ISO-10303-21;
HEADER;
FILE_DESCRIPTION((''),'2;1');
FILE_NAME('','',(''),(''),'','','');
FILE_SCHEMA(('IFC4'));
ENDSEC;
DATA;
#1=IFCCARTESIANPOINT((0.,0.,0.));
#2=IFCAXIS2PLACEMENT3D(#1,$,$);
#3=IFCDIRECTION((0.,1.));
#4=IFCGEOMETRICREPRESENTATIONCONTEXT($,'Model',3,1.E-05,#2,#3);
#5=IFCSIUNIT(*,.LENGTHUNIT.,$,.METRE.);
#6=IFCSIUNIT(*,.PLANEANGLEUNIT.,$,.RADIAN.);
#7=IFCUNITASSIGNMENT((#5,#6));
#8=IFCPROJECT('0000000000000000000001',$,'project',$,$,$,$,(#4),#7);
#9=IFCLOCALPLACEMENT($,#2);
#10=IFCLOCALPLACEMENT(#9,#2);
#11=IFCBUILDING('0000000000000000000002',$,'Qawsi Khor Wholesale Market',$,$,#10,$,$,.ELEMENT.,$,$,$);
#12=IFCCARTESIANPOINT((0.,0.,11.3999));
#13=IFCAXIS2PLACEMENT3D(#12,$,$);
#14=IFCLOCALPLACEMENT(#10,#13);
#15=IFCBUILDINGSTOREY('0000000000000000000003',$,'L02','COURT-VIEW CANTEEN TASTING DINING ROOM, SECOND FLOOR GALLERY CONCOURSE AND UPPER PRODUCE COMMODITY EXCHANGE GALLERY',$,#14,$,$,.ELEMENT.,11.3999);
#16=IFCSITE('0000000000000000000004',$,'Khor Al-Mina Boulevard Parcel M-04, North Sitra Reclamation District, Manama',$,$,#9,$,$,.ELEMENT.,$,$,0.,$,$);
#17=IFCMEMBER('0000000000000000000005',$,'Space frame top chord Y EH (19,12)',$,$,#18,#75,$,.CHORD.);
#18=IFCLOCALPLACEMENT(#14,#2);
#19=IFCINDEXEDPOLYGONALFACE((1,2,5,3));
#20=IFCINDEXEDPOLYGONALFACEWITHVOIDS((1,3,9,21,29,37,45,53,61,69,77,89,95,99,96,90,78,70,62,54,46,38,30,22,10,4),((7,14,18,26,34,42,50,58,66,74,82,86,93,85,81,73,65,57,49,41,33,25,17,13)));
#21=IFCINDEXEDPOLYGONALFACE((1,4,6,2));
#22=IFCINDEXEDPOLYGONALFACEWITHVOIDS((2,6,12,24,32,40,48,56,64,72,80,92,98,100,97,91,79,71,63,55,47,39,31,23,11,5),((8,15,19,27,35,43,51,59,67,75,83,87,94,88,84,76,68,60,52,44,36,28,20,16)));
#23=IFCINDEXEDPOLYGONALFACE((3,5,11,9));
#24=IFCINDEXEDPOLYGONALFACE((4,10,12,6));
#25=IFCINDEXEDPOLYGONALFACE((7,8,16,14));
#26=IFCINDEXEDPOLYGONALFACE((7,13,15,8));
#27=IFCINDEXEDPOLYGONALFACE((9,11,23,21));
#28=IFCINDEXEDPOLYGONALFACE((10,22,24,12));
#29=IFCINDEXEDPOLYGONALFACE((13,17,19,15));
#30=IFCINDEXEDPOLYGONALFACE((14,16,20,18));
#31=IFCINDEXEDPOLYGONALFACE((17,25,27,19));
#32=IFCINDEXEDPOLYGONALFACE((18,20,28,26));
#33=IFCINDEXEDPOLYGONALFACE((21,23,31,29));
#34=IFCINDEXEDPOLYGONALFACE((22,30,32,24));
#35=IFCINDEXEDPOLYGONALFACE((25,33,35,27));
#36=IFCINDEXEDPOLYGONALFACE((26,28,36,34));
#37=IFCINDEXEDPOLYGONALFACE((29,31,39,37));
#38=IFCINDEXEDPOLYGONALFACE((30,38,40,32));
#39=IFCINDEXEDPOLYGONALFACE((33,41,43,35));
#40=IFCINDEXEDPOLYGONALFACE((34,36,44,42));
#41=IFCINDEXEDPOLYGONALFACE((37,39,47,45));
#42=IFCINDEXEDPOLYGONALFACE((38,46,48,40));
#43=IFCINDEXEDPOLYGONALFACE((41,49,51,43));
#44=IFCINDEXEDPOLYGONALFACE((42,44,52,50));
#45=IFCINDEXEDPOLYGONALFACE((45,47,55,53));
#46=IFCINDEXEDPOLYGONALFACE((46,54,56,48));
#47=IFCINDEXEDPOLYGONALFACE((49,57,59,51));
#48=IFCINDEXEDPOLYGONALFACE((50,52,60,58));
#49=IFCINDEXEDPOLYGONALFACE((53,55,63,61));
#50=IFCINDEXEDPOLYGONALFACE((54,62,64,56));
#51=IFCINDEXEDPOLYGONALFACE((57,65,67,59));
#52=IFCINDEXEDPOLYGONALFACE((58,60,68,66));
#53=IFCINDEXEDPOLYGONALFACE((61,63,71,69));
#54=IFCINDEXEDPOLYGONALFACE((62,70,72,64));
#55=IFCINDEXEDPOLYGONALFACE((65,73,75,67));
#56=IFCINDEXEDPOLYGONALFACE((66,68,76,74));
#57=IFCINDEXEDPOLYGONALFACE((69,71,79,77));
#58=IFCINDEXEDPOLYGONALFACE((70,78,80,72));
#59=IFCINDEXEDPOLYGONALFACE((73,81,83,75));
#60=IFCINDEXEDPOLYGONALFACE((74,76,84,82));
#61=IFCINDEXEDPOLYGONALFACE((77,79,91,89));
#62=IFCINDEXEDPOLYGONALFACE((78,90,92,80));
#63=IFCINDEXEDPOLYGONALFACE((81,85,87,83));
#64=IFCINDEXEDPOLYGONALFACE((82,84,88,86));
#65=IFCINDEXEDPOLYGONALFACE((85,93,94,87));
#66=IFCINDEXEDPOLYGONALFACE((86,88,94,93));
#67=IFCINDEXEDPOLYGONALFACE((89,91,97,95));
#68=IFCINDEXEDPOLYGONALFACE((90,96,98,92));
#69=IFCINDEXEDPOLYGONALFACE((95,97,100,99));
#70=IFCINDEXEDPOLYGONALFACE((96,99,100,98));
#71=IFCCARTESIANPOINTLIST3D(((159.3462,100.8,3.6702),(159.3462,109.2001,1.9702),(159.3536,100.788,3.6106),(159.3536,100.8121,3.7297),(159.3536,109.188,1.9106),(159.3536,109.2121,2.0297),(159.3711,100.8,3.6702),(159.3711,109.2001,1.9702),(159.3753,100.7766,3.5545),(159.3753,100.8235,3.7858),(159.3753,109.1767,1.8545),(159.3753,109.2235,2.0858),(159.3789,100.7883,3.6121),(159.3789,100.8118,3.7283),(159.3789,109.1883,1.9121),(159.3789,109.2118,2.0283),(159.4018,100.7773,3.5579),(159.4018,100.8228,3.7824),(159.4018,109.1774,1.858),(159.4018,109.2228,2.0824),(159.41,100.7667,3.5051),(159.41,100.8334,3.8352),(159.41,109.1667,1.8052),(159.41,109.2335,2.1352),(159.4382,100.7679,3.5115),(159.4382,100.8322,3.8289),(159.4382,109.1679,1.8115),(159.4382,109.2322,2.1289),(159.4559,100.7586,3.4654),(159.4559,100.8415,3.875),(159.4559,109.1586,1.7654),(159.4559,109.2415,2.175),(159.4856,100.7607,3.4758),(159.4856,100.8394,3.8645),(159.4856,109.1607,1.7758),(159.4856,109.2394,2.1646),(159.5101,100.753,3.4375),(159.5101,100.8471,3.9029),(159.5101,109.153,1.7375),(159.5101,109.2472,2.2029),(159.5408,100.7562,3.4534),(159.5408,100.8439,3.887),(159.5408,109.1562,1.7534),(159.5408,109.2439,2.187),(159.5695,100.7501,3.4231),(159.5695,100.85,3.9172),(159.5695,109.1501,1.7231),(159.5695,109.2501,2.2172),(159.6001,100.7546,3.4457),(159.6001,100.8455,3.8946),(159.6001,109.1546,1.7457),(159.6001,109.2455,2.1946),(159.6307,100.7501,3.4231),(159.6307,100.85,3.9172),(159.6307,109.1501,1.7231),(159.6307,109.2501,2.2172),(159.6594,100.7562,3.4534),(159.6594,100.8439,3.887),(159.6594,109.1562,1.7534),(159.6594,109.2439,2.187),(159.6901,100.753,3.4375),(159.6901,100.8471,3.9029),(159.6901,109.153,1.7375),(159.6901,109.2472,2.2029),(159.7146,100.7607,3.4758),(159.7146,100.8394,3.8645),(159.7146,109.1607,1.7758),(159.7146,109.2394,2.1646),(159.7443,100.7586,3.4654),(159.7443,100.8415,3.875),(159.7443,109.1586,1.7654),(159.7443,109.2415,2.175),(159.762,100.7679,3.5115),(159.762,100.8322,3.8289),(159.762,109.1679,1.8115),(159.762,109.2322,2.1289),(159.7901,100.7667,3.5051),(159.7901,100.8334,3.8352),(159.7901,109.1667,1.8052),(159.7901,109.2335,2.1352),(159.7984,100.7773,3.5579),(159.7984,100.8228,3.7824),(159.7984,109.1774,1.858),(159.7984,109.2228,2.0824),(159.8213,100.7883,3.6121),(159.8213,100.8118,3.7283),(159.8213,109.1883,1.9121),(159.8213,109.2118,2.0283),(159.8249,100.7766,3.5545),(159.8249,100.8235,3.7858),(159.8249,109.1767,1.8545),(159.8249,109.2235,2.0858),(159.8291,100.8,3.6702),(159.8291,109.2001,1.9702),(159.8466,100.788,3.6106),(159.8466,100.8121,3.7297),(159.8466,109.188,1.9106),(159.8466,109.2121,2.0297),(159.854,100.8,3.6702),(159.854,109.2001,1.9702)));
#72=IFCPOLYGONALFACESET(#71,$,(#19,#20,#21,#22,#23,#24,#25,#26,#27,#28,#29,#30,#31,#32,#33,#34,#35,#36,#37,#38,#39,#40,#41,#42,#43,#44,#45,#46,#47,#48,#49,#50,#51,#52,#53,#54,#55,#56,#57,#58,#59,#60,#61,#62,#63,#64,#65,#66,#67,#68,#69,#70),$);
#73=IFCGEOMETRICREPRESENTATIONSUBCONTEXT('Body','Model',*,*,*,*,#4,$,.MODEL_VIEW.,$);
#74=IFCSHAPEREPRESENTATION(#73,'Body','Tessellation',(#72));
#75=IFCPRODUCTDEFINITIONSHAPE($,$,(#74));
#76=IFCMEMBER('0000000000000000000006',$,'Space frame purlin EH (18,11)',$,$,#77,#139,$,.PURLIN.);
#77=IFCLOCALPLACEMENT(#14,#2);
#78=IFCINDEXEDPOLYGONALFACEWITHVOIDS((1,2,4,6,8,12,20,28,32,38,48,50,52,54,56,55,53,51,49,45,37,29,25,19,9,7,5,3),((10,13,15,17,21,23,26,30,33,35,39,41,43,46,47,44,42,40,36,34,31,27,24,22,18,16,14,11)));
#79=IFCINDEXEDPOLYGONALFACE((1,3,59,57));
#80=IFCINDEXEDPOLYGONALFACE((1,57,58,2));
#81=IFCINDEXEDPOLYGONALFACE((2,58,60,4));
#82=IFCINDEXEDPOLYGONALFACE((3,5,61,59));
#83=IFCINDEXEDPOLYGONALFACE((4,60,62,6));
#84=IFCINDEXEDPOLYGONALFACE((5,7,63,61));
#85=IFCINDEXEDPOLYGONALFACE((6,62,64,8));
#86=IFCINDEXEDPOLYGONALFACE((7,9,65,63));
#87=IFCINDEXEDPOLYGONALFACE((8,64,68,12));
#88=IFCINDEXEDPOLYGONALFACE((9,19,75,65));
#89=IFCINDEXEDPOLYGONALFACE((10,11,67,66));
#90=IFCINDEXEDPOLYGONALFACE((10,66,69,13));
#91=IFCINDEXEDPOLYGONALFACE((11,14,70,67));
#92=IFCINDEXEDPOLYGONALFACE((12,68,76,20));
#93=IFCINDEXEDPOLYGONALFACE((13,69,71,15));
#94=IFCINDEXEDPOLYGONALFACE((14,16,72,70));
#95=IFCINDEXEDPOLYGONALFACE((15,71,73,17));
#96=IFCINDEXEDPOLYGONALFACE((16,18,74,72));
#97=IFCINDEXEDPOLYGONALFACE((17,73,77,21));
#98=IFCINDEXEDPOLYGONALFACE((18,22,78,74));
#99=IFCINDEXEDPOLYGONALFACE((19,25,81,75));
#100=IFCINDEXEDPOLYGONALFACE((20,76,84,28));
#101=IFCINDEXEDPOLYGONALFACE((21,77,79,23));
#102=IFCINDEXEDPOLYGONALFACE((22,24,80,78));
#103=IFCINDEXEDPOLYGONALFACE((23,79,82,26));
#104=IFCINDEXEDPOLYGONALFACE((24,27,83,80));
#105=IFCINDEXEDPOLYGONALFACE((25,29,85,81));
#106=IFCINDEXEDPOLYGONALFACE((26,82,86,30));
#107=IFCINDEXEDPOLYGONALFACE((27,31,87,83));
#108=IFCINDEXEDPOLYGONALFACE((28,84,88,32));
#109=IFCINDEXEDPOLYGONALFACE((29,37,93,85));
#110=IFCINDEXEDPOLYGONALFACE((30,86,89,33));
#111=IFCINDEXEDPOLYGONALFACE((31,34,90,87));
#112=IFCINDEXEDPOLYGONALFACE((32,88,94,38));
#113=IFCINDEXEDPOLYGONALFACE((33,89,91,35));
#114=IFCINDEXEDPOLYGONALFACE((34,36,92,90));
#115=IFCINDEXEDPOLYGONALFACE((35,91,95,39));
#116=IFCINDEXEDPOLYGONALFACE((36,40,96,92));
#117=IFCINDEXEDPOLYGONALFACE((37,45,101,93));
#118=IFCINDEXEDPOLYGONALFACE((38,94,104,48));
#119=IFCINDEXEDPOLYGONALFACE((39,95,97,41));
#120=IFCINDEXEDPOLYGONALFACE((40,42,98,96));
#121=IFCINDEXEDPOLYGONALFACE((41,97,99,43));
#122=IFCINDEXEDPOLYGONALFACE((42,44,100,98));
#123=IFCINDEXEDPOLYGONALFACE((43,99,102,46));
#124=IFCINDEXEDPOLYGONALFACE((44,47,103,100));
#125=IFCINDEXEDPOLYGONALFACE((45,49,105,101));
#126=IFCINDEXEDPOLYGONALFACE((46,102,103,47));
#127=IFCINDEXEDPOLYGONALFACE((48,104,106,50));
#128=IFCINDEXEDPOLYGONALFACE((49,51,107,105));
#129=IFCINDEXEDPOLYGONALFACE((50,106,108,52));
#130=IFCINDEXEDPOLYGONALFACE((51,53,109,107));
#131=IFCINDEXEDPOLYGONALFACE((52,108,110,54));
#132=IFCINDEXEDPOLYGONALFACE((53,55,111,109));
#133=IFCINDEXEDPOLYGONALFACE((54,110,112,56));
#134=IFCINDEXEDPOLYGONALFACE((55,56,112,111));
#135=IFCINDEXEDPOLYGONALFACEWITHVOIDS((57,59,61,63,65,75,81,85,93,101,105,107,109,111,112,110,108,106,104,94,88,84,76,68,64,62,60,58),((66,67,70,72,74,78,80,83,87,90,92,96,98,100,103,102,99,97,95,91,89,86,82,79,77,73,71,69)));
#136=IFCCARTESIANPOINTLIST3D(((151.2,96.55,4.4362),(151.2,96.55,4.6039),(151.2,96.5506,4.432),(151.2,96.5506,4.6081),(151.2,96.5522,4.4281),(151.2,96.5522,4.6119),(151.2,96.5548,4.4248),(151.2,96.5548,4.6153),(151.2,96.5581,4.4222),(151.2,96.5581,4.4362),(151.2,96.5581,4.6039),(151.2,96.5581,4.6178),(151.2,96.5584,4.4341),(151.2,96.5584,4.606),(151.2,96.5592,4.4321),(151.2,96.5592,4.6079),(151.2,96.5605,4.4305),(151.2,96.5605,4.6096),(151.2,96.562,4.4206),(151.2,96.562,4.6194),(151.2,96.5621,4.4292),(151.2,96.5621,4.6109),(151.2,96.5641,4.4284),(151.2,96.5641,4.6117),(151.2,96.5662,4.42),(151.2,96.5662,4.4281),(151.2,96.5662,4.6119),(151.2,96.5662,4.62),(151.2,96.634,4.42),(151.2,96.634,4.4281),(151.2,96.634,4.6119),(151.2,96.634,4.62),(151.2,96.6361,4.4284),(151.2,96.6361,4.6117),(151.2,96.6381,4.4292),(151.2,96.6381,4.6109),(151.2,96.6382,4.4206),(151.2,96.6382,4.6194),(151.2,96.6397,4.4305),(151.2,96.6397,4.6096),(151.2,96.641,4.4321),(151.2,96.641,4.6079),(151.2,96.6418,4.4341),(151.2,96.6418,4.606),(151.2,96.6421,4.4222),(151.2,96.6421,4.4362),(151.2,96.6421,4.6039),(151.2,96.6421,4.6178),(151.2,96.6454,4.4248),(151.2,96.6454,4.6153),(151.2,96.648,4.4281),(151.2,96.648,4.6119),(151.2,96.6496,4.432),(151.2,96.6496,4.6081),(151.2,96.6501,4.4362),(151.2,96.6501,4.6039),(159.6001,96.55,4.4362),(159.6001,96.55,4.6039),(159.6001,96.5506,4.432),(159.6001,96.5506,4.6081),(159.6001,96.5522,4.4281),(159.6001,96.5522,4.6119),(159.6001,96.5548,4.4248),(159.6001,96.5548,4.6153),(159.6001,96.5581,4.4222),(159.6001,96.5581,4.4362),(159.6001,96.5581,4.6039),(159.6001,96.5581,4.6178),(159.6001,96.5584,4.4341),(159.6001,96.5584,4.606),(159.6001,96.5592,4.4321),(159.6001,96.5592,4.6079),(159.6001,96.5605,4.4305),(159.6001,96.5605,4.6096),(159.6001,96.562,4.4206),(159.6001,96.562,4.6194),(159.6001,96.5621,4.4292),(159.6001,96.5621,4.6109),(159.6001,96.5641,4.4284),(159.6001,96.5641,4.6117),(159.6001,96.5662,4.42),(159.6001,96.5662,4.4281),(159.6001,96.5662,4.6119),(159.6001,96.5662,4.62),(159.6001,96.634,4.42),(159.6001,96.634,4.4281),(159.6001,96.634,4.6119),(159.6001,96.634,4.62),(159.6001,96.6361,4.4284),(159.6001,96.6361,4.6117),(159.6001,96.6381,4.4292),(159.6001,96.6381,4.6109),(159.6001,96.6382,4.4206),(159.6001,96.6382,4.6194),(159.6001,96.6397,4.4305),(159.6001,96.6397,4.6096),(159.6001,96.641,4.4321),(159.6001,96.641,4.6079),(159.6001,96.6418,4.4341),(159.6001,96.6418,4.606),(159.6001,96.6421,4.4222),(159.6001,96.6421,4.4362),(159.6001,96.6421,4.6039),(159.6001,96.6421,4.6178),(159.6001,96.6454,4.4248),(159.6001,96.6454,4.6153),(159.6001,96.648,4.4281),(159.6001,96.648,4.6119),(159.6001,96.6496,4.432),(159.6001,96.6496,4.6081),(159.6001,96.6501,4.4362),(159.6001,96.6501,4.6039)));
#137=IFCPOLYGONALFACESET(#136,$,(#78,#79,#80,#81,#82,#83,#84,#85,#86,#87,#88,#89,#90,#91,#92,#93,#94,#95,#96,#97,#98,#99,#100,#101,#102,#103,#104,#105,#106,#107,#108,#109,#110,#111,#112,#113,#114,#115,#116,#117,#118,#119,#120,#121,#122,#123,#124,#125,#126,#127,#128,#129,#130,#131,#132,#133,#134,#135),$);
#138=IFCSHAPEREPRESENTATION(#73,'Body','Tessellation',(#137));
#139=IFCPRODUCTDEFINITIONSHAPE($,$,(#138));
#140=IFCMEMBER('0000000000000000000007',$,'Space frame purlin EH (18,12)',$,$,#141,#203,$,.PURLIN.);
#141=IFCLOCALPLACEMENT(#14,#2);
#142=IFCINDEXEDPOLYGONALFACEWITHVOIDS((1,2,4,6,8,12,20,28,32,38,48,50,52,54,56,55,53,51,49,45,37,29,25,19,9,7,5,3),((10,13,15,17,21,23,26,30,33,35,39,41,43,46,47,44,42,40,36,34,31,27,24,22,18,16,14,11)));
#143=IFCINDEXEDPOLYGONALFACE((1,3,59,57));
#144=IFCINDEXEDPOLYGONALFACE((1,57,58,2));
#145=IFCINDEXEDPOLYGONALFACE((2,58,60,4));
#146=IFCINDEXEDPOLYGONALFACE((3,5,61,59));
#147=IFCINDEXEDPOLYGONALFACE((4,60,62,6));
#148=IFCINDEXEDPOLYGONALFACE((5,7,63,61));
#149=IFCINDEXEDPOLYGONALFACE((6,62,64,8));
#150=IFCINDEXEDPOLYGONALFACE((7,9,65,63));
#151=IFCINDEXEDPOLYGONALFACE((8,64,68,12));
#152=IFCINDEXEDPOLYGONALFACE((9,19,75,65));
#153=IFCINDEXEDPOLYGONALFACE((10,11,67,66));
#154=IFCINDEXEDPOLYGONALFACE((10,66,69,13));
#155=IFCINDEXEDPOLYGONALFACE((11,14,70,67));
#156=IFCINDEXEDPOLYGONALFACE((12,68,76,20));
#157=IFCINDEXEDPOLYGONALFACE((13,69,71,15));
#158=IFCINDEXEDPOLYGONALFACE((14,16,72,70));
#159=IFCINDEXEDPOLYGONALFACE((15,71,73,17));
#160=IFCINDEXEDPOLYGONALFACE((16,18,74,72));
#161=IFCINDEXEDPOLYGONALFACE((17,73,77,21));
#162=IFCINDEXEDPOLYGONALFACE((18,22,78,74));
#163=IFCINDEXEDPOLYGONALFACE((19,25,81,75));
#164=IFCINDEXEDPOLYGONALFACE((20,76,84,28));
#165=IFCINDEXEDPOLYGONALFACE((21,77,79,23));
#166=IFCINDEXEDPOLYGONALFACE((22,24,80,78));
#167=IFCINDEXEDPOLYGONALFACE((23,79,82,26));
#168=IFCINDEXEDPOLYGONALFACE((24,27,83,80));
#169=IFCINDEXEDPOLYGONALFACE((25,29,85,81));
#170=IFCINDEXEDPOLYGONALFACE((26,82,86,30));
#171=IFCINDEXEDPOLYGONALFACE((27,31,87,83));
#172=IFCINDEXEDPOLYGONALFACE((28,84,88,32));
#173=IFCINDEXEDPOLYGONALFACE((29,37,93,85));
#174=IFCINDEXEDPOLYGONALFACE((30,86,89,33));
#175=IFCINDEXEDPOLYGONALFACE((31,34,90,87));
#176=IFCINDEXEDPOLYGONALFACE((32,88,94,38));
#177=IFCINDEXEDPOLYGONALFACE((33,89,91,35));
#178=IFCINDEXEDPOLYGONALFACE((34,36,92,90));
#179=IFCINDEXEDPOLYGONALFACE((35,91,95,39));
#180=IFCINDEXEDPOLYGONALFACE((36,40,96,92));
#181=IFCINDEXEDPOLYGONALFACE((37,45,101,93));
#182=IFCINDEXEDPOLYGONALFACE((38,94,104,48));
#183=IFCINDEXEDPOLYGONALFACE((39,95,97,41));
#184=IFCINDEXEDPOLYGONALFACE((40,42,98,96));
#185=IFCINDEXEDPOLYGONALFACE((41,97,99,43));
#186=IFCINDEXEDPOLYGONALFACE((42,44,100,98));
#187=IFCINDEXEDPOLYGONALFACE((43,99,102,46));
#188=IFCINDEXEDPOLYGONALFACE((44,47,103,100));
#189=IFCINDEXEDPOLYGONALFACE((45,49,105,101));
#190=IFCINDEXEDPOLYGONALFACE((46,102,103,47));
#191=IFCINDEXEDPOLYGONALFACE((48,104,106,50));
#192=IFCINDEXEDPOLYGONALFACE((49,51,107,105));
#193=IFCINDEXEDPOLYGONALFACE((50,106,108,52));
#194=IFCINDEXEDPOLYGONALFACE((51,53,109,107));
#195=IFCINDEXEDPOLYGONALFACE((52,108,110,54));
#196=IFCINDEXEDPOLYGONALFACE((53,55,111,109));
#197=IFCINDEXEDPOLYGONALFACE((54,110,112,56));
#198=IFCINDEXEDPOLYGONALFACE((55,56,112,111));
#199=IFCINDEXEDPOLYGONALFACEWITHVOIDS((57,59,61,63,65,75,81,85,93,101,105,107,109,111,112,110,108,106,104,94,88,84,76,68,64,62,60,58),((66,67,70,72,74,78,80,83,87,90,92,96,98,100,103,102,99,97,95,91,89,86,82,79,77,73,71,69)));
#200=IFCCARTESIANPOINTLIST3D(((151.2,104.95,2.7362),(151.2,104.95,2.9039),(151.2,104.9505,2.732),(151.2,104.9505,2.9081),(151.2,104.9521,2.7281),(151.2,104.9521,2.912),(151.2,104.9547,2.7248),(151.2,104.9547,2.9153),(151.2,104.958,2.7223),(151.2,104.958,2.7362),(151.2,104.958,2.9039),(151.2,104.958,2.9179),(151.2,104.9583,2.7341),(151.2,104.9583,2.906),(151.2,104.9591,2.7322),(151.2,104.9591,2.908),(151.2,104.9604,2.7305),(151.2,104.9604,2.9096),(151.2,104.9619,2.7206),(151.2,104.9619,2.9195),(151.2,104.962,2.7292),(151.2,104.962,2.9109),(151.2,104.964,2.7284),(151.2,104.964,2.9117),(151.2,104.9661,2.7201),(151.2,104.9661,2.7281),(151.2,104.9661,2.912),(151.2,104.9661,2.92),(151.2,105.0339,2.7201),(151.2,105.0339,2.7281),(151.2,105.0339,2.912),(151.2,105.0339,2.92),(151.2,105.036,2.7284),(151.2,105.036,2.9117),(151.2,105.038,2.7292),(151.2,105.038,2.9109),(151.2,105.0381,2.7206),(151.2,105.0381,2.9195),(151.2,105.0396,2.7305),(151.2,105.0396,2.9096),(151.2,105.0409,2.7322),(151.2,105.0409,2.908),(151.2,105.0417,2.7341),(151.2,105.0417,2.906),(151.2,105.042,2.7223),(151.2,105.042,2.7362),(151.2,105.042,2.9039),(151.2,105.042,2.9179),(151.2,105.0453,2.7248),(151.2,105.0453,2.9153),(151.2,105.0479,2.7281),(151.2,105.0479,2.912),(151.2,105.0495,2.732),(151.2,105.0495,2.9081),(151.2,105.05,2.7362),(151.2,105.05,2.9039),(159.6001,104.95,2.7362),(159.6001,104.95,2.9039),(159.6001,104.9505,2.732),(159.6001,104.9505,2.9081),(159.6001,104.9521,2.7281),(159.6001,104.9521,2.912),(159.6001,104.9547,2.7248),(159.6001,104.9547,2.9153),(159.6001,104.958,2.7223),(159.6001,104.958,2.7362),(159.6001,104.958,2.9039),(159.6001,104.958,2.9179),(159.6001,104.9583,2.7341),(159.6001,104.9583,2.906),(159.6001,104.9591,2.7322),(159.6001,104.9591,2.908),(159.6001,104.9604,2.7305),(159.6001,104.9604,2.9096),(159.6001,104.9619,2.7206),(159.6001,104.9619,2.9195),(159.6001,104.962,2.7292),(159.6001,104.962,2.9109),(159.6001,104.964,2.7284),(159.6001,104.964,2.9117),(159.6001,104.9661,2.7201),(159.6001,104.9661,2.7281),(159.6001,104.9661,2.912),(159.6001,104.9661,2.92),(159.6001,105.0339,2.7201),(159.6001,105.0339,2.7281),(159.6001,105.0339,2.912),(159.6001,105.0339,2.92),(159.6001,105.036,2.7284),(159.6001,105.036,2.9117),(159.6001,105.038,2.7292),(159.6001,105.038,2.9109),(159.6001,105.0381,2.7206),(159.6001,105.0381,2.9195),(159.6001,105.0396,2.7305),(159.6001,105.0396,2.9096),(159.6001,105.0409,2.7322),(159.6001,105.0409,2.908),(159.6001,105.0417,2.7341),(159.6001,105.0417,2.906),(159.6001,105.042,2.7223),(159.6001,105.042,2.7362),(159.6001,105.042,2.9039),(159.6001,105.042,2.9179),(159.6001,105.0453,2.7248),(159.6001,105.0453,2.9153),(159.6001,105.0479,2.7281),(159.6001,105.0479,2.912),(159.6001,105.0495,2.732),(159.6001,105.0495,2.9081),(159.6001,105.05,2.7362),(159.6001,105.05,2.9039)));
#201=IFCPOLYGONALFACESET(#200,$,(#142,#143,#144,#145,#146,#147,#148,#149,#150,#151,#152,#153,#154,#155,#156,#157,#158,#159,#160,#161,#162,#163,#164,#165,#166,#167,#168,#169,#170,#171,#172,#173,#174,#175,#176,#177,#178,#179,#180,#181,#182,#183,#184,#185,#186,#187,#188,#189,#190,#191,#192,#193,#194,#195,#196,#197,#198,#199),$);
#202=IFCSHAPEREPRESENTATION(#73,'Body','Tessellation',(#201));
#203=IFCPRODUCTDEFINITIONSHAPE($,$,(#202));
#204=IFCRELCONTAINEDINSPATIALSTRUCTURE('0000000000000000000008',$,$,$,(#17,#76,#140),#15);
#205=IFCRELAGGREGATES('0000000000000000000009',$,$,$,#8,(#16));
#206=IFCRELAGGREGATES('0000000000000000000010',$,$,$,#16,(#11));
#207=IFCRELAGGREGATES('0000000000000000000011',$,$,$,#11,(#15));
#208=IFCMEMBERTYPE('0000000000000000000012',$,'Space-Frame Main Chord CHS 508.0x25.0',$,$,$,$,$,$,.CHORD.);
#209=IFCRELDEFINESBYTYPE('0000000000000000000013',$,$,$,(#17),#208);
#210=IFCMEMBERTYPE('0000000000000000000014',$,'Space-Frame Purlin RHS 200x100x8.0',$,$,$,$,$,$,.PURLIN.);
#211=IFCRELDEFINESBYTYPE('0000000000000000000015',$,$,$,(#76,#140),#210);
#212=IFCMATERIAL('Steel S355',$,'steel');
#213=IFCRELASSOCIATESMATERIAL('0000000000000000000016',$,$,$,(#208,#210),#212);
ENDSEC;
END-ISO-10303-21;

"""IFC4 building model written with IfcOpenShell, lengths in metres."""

from ifc_helpers import new_model, si_unit, direction, frame, origin, origin_2d, place, context, subcontext, project, spatial, hollow_rectangle, hollow_circle, extrude, material, material_profile, profile_set, type_object, element, save


model = new_model("IFC4")

# Units and contexts
model_context = context("Model", 3, precision=1e-05, world=origin(), true_north=direction((0.0, 1.0)))
body_context = subcontext(model_context, "Body", "Model", "MODEL_VIEW")
ifc_project = project(units=[si_unit("LENGTHUNIT", "METRE"), si_unit("PLANEANGLEUNIT", "RADIAN")], contexts=[model_context])

# Site, building, storey
site_placement = place(None, origin())
site = spatial("IfcSite", under=ifc_project, at=site_placement, Name="Khor Al-Mina Boulevard Parcel M-04, North Sitra Reclamation District, Manama", CompositionType="ELEMENT", RefElevation=0.0)
building_placement = place(site_placement, origin())
building = spatial("IfcBuilding", under=site, at=building_placement, Name="Qawsi Khor Wholesale Market", CompositionType="ELEMENT")
storey_placement = place(building_placement, frame((0.0, 0.0, 11.3999)))
storey = spatial("IfcBuildingStorey", under=building, at=storey_placement, Name="L02", Description="COURT-VIEW CANTEEN TASTING DINING ROOM, SECOND FLOOR GALLERY CONCOURSE AND UPPER PRODUCE COMMODITY EXCHANGE GALLERY", CompositionType="ELEMENT", Elevation=11.3999)

# Members
ifc_material_1 = material(Name="Steel S355", Category="steel")
ifc_material_profile_1 = material_profile(ifc_material_1, hollow_circle(Radius=0.2539, WallThickness=0.0249, at=origin_2d()), Name="CHS 508.0x25.0")
ifc_profile_set_1 = profile_set([ifc_material_profile_1], Name="Steel S355")
member_type_1 = type_object("IfcMemberType", Name="Space-Frame Main Chord CHS 508.0x25.0", PredefinedType="CHORD", material=ifc_profile_set_1)
member_1_placement = place(storey_placement, frame((159.6001, 100.8, 3.6702), z_axis=(0.0, 0.98013, -0.198356), x_axis=(-1.0, 0.0, 0.0)))
element("IfcMember", 1, at=member_1_placement, inside=storey, type_object=member_type_1, Name="Space frame top chord Y EH (19,12)", PredefinedType="CHORD", context=body_context, shape_type="SweptSolid", body=[
    extrude(hollow_circle(Radius=0.2539, WallThickness=0.0249, at=origin_2d()), origin(), (0.0, 0.0, 1.0), 8.5703),
])
ifc_material_profile_2 = material_profile(ifc_material_1, hollow_rectangle(XDim=0.1001, YDim=0.2, WallThickness=0.0081, InnerFilletRadius=0.0081, OuterFilletRadius=0.0161, at=origin_2d()), Name="RHS 200x100x8.0")
ifc_profile_set_2 = profile_set([ifc_material_profile_2], Name="Steel S355")
member_type_2 = type_object("IfcMemberType", Name="Space-Frame Purlin RHS 200x100x8.0", PredefinedType="PURLIN", material=ifc_profile_set_2)
for number, where, z_axis, x_axis, name in (
    (2, (151.2, 96.6001, 4.52), (1.0, 0.0, 0.0), (0.0, 1.0, 0.0), "Space frame purlin EH (18,11)"),
    (3, (151.2, 105.0, 2.8201), (1.0, 0.0, 0.0), (0.0, 1.0, 0.0), "Space frame purlin EH (18,12)"),
):
    element("IfcMember", number, at=place(storey_placement, frame(where, z_axis=z_axis, x_axis=x_axis)), inside=storey, type_object=member_type_2, Name=name, PredefinedType="PURLIN", context=body_context, shape_type="SweptSolid", body=[
        extrude(hollow_rectangle(XDim=0.1001, YDim=0.2, WallThickness=0.0081, InnerFilletRadius=0.0081, OuterFilletRadius=0.0161, at=origin_2d()), origin(), (0.0, 0.0, 1.0), 8.4001),
    ])

save(model, "model.ifc")
